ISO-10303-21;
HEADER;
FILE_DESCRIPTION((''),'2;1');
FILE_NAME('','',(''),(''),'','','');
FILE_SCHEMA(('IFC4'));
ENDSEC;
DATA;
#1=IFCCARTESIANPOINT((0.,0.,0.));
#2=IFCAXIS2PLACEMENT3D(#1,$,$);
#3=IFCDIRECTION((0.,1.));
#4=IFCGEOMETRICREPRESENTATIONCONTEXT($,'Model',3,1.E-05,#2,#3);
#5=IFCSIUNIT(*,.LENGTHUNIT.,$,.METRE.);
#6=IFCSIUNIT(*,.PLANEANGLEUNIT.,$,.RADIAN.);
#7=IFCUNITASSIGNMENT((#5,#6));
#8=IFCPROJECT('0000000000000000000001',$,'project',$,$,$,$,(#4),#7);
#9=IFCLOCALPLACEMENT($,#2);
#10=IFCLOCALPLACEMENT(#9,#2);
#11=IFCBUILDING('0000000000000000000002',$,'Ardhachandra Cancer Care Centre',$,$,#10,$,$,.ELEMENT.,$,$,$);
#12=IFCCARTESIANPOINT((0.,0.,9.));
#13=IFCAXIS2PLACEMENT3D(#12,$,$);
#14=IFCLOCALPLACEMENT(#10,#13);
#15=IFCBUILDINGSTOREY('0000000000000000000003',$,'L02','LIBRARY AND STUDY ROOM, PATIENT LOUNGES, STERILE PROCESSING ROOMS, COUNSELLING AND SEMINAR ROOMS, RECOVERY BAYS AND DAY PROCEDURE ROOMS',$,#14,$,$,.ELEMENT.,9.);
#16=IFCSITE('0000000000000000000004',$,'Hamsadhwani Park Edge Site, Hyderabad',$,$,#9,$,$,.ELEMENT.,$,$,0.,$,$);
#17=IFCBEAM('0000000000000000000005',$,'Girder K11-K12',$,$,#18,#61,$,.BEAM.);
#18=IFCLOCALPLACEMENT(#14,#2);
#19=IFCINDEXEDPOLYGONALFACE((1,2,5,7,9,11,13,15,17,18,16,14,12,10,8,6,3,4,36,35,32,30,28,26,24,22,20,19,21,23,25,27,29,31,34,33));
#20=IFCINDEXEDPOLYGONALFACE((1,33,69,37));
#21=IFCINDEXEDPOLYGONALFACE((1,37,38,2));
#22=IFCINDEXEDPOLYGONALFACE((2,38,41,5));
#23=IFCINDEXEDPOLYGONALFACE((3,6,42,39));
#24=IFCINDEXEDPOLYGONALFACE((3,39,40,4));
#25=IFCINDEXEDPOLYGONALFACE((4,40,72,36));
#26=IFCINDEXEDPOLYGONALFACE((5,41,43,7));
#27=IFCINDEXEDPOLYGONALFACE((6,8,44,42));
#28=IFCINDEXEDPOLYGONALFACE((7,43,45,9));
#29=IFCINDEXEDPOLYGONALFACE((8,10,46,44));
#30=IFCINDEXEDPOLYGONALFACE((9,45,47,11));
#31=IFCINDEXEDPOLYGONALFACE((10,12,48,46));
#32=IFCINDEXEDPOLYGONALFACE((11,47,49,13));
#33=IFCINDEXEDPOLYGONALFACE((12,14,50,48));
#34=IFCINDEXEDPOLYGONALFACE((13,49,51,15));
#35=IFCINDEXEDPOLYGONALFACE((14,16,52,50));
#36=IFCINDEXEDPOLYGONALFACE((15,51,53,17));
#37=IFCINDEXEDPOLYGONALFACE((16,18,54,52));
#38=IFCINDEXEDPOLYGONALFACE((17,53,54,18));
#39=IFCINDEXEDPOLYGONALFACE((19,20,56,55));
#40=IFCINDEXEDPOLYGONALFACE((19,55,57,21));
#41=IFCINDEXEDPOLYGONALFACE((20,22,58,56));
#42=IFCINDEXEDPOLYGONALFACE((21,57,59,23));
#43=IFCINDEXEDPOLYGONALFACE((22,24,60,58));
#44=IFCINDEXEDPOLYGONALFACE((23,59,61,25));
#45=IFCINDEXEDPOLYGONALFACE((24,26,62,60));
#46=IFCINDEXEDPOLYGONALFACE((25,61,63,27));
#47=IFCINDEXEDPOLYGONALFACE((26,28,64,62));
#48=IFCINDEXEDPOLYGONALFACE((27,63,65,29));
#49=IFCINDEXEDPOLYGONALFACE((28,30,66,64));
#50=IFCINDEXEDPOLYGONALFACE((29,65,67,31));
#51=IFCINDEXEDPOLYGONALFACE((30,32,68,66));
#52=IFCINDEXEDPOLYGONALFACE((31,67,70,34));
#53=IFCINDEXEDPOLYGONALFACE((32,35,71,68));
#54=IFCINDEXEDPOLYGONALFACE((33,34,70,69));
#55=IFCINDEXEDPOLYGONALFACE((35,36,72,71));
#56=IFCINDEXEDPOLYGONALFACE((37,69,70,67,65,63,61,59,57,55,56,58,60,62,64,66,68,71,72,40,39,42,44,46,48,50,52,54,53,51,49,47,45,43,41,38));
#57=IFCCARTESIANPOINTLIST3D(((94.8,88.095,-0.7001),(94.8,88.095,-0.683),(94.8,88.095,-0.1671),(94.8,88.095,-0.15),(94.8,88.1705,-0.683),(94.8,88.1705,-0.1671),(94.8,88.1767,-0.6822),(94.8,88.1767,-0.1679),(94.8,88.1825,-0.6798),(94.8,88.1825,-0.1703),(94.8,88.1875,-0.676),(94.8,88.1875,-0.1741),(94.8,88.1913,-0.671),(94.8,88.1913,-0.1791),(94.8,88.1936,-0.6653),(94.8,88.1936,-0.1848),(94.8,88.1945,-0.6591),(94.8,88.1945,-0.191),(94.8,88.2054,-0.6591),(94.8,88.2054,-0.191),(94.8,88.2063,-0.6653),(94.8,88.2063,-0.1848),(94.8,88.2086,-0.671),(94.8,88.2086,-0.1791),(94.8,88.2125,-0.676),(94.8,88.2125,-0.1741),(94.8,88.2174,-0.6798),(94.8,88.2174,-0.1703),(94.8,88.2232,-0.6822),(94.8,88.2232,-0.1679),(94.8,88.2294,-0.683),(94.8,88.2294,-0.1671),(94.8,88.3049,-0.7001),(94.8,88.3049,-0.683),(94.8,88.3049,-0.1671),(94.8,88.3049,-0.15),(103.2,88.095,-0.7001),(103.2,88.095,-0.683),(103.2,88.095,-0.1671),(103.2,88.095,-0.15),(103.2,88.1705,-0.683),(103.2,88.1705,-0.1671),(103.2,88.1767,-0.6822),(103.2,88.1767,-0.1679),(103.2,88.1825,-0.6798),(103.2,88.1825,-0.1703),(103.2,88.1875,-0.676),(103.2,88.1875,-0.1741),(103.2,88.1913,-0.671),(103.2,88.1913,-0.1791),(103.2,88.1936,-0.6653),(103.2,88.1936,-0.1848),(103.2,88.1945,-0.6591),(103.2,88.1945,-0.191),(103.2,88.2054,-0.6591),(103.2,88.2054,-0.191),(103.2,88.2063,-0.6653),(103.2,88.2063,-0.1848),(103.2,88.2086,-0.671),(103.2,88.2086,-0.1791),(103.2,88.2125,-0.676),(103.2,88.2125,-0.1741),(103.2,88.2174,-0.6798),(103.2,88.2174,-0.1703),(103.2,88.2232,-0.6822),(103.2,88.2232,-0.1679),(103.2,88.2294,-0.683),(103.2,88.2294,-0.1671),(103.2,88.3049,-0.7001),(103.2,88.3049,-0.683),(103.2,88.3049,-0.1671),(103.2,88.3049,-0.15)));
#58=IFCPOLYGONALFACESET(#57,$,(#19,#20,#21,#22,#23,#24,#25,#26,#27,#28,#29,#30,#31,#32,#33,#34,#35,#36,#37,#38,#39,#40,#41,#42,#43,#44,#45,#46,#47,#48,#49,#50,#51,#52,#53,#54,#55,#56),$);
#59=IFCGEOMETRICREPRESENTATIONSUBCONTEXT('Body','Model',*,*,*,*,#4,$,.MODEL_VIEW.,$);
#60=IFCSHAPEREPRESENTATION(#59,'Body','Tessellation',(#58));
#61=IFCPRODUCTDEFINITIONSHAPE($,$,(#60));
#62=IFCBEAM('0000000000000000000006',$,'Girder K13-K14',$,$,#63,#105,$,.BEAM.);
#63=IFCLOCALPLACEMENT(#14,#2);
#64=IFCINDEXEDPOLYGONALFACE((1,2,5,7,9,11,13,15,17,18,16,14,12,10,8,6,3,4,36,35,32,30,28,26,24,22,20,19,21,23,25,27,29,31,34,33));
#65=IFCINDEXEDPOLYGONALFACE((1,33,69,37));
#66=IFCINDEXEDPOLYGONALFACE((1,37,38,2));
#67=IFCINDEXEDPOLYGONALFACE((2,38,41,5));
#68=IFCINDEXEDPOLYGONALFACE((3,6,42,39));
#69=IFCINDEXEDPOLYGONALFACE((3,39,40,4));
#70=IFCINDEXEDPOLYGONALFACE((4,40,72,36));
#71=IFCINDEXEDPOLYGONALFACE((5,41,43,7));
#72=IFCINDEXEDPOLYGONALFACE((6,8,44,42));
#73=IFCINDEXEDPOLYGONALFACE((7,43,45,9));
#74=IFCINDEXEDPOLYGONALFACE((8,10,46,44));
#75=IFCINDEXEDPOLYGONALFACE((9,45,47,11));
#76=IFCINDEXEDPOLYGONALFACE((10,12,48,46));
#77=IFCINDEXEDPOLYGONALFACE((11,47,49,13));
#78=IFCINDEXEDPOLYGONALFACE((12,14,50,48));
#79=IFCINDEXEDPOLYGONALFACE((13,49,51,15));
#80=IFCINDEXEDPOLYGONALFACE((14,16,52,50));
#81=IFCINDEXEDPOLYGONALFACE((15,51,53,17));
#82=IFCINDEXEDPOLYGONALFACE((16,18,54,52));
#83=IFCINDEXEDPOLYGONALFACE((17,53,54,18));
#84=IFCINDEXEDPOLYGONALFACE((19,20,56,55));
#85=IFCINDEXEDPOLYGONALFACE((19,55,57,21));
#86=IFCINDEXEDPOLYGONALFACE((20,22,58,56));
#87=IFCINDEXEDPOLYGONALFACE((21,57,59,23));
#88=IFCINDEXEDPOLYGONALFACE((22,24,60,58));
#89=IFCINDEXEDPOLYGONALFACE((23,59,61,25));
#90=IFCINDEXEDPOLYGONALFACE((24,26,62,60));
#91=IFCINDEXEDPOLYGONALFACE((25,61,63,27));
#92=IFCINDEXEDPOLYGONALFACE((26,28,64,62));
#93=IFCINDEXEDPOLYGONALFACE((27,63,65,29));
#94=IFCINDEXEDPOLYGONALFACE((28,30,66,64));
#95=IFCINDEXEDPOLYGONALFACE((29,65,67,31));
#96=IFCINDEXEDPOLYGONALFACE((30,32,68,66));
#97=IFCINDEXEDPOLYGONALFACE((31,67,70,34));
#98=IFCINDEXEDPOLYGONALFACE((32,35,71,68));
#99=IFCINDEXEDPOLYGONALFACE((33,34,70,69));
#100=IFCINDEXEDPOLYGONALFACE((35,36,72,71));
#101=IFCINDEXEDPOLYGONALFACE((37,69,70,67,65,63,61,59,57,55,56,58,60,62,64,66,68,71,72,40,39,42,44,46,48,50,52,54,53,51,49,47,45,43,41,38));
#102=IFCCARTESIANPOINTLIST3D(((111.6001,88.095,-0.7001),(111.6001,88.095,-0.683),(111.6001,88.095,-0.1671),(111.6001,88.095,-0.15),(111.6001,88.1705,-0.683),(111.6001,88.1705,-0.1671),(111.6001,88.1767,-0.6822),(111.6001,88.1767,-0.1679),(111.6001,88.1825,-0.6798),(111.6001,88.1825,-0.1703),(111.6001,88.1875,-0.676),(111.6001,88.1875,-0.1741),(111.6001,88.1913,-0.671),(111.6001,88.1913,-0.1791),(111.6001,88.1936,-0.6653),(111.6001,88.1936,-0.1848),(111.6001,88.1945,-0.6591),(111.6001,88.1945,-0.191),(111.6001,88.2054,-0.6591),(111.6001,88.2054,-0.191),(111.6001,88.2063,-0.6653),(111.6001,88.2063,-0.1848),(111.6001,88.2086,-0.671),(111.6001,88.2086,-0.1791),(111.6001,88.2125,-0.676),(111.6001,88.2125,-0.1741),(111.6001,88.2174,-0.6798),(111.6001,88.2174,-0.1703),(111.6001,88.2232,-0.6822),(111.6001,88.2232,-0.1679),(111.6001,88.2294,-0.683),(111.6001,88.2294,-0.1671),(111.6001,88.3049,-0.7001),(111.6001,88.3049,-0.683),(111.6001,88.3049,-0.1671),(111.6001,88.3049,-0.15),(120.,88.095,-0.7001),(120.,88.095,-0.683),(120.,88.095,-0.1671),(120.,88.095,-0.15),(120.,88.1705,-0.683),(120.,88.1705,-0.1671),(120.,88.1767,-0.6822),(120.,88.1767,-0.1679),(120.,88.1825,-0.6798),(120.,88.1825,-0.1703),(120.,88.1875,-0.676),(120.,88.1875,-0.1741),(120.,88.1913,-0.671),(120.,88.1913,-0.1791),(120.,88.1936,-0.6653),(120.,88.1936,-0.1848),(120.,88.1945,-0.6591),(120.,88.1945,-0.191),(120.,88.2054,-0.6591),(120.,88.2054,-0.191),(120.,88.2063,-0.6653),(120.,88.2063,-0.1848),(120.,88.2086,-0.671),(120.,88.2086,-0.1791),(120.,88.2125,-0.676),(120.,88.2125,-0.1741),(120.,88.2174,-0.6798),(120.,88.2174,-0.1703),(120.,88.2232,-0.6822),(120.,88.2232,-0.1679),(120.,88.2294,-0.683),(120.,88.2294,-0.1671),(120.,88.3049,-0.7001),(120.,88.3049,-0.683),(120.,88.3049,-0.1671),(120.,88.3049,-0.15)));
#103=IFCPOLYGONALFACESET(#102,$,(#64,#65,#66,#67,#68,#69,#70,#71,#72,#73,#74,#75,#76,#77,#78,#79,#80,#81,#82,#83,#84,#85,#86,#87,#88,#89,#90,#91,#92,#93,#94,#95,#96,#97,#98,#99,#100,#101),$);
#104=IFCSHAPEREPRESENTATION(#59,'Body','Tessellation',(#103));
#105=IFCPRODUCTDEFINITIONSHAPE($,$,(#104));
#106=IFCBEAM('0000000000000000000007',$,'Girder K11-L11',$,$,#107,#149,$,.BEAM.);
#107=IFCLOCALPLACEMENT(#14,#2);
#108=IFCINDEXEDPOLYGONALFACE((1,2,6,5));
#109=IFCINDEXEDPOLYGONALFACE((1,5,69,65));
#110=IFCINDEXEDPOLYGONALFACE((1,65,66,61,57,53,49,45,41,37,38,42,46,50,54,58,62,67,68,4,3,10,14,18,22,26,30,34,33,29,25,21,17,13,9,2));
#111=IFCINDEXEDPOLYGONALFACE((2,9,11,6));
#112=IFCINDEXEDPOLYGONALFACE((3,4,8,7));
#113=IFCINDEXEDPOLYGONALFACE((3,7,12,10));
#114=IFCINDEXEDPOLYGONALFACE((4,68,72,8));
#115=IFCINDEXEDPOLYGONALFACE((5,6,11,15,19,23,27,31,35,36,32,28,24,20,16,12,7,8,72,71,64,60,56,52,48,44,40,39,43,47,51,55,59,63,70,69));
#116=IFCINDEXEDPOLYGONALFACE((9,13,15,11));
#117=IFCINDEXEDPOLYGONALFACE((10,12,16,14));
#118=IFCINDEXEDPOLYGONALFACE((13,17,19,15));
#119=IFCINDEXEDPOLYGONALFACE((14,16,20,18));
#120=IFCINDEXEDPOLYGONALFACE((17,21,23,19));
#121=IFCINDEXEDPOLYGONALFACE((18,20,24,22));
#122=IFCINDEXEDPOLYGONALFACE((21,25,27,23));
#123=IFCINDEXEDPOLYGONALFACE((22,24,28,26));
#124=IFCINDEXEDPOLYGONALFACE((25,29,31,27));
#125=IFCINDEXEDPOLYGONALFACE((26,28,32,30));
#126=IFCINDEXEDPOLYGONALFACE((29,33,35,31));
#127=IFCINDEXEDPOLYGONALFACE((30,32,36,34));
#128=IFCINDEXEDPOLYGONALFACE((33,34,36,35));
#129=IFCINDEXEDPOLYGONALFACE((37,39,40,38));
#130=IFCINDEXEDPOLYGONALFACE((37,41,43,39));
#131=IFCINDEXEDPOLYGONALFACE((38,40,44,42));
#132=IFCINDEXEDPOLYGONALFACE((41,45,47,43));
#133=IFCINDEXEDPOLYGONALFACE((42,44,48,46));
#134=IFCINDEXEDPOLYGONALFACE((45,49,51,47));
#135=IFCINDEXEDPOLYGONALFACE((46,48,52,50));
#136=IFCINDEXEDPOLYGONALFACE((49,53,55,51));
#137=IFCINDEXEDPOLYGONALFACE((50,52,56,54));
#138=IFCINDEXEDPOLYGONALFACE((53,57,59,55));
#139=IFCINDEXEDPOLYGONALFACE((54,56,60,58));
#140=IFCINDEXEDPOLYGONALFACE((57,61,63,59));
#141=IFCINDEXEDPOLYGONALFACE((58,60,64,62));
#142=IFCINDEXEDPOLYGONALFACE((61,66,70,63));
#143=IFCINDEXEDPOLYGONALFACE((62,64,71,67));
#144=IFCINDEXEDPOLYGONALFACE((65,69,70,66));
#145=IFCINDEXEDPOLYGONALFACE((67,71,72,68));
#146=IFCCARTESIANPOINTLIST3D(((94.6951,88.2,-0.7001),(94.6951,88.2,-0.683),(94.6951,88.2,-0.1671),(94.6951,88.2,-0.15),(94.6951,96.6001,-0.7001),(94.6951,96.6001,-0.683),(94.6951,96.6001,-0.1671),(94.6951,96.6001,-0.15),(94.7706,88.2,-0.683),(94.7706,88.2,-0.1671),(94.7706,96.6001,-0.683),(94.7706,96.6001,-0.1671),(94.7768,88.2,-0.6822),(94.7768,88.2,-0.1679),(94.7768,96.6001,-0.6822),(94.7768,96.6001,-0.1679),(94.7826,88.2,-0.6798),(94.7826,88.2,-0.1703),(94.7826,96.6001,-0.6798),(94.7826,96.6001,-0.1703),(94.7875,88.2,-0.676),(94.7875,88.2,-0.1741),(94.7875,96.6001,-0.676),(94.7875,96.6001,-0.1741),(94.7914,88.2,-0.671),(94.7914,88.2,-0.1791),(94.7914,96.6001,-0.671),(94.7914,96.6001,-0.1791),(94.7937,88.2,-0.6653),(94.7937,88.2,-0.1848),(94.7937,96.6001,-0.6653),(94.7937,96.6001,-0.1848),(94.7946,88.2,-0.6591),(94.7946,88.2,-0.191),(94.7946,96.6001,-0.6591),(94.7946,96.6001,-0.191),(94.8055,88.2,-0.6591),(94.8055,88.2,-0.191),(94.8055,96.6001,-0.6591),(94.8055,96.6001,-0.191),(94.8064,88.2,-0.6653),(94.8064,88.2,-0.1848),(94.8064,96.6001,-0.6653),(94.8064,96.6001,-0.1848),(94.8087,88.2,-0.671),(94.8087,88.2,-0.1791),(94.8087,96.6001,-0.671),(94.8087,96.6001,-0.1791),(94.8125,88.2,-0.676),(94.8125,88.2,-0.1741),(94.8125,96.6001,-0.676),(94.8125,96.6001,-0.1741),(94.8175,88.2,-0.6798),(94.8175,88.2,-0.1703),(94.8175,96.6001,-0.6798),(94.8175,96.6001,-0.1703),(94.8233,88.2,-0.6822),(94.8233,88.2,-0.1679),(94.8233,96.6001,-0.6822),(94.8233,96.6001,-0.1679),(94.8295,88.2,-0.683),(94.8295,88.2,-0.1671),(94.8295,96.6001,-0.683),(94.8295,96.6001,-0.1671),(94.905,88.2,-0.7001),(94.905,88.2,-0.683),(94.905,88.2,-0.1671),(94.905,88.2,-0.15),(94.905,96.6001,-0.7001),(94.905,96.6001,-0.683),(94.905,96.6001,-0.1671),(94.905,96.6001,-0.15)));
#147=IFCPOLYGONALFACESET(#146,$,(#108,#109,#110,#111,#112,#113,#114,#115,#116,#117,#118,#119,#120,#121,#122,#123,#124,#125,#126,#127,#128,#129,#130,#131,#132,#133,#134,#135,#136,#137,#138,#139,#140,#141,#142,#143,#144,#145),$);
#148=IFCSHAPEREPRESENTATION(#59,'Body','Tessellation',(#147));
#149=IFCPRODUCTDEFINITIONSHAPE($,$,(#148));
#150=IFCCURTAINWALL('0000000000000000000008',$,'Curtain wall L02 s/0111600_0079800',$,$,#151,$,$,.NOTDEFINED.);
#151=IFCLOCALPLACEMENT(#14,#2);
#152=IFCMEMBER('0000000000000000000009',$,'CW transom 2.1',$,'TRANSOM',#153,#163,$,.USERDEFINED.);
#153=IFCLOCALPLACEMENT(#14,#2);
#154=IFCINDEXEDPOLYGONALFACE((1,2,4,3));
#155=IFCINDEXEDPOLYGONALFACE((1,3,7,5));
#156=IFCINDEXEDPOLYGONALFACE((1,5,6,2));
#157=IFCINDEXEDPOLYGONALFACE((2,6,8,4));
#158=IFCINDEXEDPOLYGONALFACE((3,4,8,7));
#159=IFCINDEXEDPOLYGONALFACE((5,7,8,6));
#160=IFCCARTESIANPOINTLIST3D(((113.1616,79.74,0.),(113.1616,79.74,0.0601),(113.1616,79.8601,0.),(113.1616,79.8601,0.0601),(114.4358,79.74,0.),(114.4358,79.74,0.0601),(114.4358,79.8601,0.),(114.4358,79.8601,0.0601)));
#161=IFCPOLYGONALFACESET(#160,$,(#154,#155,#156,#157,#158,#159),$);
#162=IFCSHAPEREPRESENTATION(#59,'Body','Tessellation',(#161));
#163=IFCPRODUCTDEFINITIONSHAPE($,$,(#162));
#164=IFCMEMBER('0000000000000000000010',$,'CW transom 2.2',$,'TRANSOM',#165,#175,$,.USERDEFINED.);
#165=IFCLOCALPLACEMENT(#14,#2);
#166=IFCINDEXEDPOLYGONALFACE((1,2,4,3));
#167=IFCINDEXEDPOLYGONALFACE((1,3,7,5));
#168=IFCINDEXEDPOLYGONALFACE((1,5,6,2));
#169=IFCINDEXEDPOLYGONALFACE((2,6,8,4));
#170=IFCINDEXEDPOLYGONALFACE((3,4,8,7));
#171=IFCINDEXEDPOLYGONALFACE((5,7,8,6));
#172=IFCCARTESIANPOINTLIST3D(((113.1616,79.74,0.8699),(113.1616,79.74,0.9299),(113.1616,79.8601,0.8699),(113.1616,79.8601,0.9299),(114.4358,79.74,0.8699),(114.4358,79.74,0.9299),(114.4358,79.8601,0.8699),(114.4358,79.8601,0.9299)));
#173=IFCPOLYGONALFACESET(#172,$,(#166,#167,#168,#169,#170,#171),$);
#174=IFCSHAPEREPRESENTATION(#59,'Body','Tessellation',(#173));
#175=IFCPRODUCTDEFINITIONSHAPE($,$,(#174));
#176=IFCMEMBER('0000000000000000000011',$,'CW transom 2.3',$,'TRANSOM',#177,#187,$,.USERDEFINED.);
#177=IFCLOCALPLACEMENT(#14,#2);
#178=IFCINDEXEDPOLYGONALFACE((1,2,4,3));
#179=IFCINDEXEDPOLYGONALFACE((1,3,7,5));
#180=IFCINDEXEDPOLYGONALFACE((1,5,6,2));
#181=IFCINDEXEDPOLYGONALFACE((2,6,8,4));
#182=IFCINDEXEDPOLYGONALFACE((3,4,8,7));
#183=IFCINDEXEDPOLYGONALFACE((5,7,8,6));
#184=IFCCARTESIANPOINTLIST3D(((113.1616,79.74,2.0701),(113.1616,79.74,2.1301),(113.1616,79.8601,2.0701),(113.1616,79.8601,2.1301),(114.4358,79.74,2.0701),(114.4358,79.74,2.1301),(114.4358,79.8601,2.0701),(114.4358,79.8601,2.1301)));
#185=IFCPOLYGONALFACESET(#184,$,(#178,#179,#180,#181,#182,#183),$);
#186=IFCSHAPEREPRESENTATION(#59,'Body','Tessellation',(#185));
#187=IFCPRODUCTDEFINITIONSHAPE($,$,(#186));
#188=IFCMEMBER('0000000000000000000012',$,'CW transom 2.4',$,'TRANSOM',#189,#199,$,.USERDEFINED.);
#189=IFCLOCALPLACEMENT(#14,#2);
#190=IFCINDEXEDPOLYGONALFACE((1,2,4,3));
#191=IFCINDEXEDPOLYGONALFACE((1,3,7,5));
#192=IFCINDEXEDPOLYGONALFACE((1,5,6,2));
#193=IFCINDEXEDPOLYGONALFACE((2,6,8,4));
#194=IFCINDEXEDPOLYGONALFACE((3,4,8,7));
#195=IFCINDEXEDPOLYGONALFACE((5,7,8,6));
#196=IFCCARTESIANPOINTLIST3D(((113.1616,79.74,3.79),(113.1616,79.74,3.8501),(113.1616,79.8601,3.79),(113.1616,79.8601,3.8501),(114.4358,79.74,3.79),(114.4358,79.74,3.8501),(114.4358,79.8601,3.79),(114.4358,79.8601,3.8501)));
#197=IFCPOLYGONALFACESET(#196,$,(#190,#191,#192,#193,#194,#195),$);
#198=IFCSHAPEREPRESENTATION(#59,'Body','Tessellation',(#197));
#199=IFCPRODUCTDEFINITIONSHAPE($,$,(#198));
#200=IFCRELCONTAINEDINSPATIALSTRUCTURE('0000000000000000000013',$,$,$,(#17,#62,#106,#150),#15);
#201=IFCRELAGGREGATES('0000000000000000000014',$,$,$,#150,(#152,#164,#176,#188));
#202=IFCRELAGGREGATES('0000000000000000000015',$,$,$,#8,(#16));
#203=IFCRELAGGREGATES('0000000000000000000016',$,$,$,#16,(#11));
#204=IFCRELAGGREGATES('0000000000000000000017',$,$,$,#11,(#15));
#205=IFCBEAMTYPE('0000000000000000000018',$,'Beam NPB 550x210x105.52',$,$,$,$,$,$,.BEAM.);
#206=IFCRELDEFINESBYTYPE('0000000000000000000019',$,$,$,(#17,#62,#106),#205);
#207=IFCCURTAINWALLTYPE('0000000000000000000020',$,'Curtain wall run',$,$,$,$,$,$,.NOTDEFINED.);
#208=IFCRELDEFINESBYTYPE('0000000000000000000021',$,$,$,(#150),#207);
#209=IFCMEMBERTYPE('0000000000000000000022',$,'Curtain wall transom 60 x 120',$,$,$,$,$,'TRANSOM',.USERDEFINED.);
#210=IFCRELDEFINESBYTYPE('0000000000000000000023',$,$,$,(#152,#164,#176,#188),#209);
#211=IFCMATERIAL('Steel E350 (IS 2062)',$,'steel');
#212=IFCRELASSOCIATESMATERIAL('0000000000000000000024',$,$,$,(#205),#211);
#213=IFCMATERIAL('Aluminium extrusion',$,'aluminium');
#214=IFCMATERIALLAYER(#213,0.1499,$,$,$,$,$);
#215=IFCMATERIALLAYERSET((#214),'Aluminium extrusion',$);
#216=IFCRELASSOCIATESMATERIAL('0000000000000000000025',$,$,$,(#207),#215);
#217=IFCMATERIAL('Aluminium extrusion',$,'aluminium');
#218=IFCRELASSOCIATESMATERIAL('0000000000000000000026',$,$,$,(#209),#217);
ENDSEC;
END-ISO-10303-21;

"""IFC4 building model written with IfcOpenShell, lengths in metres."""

from ifc_helpers import new_model, si_unit, direction, frame, origin, origin_2d, place, context, subcontext, project, spatial, rectangle, i_section, extrude, material, layer, layer_set, material_profile, profile_set, type_object, element, aggregate, save


model = new_model("IFC4")

# Units and contexts
model_context = context("Model", 3, precision=1e-05, world=origin(), true_north=direction((0.0, 1.0)))
body_context = subcontext(model_context, "Body", "Model", "MODEL_VIEW")
ifc_project = project(units=[si_unit("LENGTHUNIT", "METRE"), si_unit("PLANEANGLEUNIT", "RADIAN")], contexts=[model_context])

# Site, building, storey
site_placement = place(None, origin())
site = spatial("IfcSite", under=ifc_project, at=site_placement, Name="Hamsadhwani Park Edge Site, Hyderabad", CompositionType="ELEMENT", RefElevation=0.0)
building_placement = place(site_placement, origin())
building = spatial("IfcBuilding", under=site, at=building_placement, Name="Ardhachandra Cancer Care Centre", CompositionType="ELEMENT")
storey_placement = place(building_placement, frame((0.0, 0.0, 9.0)))
storey = spatial("IfcBuildingStorey", under=building, at=storey_placement, Name="L02", Description="LIBRARY AND STUDY ROOM, PATIENT LOUNGES, STERILE PROCESSING ROOMS, COUNSELLING AND SEMINAR ROOMS, RECOVERY BAYS AND DAY PROCEDURE ROOMS", CompositionType="ELEMENT", Elevation=9.0)

# Beams
ifc_material_1 = material(Name="Steel E350 (IS 2062)", Category="steel")
ifc_material_profile_1 = material_profile(ifc_material_1, i_section(OverallWidth=0.21, OverallDepth=0.55, WebThickness=0.011, FlangeThickness=0.0171, FilletRadius=0.0239, at=origin_2d()), Name="NPB 550x210x105.52")
ifc_profile_set_1 = profile_set([ifc_material_profile_1], Name="Steel E350 (IS 2062)")
beam_type_1 = type_object("IfcBeamType", Name="Beam NPB 550x210x105.52", PredefinedType="BEAM", material=ifc_profile_set_1)
for number, where, z_axis, x_axis, name in (
    (1, (94.8, 88.2, -0.425), (1.0, 0.0, 0.0), (0.0, 1.0, 0.0), "Girder K11-K12"),
    (2, (111.6001, 88.2, -0.425), (1.0, 0.0, 0.0), (0.0, 1.0, 0.0), "Girder K13-K14"),
):
    element("IfcBeam", number, at=place(storey_placement, frame(where, z_axis=z_axis, x_axis=x_axis)), inside=storey, type_object=beam_type_1, Name=name, PredefinedType="BEAM", context=body_context, shape_type="SweptSolid", body=[
        extrude(i_section(OverallWidth=0.21, OverallDepth=0.55, WebThickness=0.011, FlangeThickness=0.0171, FilletRadius=0.0239, at=origin_2d()), origin(), (0.0, 0.0, 1.0), 8.3999),
    ])
beam_1_placement = place(storey_placement, frame((94.8, 88.2, -0.425), z_axis=(0.0, 1.0, 0.0), x_axis=(-1.0, 0.0, 0.0)))
element("IfcBeam", 3, at=beam_1_placement, inside=storey, type_object=beam_type_1, Name="Girder K11-L11", PredefinedType="BEAM", context=body_context, shape_type="SweptSolid", body=[
    extrude(i_section(OverallWidth=0.21, OverallDepth=0.55, WebThickness=0.011, FlangeThickness=0.0171, FilletRadius=0.0239, at=origin_2d()), origin(), (0.0, 0.0, 1.0), 8.4001),
])

# Curtain wall, members
ifc_material_2 = material(Name="Aluminium extrusion", Category="aluminium")
ifc_layer_1 = layer(ifc_material_2, 0.1499)
ifc_layer_set_1 = layer_set([ifc_layer_1], Name="Aluminium extrusion")
curtain_wall_type = type_object("IfcCurtainWallType", Name="Curtain wall run", PredefinedType="NOTDEFINED", material=ifc_layer_set_1)
curtain_wall_placement = place(storey_placement, origin())
curtain_wall = element("IfcCurtainWall", 4, at=curtain_wall_placement, inside=storey, type_object=curtain_wall_type, Name="Curtain wall L02 s/0111600_0079800", PredefinedType="NOTDEFINED")
ifc_material_3 = material(Name="Aluminium extrusion", Category="aluminium")
ifc_material_profile_2 = material_profile(ifc_material_3, rectangle(XDim=0.1201, YDim=0.0601, at=origin_2d()), Name="Curtain wall transom 60 x 120")
ifc_profile_set_2 = profile_set([ifc_material_profile_2], Name="Aluminium extrusion")
member_type = type_object("IfcMemberType", Name="Curtain wall transom 60 x 120", ElementType="TRANSOM", PredefinedType="USERDEFINED", material=ifc_profile_set_2)
member_1_placement = place(storey_placement, frame((113.1616, 79.8, 0.03), z_axis=(1.0, 0.0, 0.0), x_axis=(0.0, 1.0, 0.0)))
member_1 = element("IfcMember", 5, at=member_1_placement, type_object=member_type, Name="CW transom 2.1", ObjectType="TRANSOM", PredefinedType="USERDEFINED", context=body_context, shape_type="SweptSolid", body=[
    extrude(rectangle(XDim=0.1201, YDim=0.0601, at=origin_2d()), origin(), (0.0, 0.0, 1.0), 1.2742),
])
member_2_placement = place(storey_placement, frame((113.1616, 79.8, 0.8999), z_axis=(1.0, 0.0, 0.0), x_axis=(0.0, 1.0, 0.0)))
member_2 = element("IfcMember", 6, at=member_2_placement, type_object=member_type, Name="CW transom 2.2", ObjectType="TRANSOM", PredefinedType="USERDEFINED", context=body_context, shape_type="SweptSolid", body=[
    extrude(rectangle(XDim=0.1201, YDim=0.0601, at=origin_2d()), origin(), (0.0, 0.0, 1.0), 1.2742),
])
member_3_placement = place(storey_placement, frame((113.1616, 79.8, 2.1001), z_axis=(1.0, 0.0, 0.0), x_axis=(0.0, 1.0, 0.0)))
member_3 = element("IfcMember", 7, at=member_3_placement, type_object=member_type, Name="CW transom 2.3", ObjectType="TRANSOM", PredefinedType="USERDEFINED", context=body_context, shape_type="SweptSolid", body=[
    extrude(rectangle(XDim=0.1201, YDim=0.0601, at=origin_2d()), origin(), (0.0, 0.0, 1.0), 1.2742),
])
member_4_placement = place(storey_placement, frame((113.1616, 79.8, 3.8201), z_axis=(1.0, 0.0, 0.0), x_axis=(0.0, 1.0, 0.0)))
member_4 = element("IfcMember", 8, at=member_4_placement, type_object=member_type, Name="CW transom 2.4", ObjectType="TRANSOM", PredefinedType="USERDEFINED", context=body_context, shape_type="SweptSolid", body=[
    extrude(rectangle(XDim=0.1201, YDim=0.0601, at=origin_2d()), origin(), (0.0, 0.0, 1.0), 1.2742),
])
aggregate(curtain_wall, [member_1, member_2, member_3, member_4])

save(model, "model.ifc")
